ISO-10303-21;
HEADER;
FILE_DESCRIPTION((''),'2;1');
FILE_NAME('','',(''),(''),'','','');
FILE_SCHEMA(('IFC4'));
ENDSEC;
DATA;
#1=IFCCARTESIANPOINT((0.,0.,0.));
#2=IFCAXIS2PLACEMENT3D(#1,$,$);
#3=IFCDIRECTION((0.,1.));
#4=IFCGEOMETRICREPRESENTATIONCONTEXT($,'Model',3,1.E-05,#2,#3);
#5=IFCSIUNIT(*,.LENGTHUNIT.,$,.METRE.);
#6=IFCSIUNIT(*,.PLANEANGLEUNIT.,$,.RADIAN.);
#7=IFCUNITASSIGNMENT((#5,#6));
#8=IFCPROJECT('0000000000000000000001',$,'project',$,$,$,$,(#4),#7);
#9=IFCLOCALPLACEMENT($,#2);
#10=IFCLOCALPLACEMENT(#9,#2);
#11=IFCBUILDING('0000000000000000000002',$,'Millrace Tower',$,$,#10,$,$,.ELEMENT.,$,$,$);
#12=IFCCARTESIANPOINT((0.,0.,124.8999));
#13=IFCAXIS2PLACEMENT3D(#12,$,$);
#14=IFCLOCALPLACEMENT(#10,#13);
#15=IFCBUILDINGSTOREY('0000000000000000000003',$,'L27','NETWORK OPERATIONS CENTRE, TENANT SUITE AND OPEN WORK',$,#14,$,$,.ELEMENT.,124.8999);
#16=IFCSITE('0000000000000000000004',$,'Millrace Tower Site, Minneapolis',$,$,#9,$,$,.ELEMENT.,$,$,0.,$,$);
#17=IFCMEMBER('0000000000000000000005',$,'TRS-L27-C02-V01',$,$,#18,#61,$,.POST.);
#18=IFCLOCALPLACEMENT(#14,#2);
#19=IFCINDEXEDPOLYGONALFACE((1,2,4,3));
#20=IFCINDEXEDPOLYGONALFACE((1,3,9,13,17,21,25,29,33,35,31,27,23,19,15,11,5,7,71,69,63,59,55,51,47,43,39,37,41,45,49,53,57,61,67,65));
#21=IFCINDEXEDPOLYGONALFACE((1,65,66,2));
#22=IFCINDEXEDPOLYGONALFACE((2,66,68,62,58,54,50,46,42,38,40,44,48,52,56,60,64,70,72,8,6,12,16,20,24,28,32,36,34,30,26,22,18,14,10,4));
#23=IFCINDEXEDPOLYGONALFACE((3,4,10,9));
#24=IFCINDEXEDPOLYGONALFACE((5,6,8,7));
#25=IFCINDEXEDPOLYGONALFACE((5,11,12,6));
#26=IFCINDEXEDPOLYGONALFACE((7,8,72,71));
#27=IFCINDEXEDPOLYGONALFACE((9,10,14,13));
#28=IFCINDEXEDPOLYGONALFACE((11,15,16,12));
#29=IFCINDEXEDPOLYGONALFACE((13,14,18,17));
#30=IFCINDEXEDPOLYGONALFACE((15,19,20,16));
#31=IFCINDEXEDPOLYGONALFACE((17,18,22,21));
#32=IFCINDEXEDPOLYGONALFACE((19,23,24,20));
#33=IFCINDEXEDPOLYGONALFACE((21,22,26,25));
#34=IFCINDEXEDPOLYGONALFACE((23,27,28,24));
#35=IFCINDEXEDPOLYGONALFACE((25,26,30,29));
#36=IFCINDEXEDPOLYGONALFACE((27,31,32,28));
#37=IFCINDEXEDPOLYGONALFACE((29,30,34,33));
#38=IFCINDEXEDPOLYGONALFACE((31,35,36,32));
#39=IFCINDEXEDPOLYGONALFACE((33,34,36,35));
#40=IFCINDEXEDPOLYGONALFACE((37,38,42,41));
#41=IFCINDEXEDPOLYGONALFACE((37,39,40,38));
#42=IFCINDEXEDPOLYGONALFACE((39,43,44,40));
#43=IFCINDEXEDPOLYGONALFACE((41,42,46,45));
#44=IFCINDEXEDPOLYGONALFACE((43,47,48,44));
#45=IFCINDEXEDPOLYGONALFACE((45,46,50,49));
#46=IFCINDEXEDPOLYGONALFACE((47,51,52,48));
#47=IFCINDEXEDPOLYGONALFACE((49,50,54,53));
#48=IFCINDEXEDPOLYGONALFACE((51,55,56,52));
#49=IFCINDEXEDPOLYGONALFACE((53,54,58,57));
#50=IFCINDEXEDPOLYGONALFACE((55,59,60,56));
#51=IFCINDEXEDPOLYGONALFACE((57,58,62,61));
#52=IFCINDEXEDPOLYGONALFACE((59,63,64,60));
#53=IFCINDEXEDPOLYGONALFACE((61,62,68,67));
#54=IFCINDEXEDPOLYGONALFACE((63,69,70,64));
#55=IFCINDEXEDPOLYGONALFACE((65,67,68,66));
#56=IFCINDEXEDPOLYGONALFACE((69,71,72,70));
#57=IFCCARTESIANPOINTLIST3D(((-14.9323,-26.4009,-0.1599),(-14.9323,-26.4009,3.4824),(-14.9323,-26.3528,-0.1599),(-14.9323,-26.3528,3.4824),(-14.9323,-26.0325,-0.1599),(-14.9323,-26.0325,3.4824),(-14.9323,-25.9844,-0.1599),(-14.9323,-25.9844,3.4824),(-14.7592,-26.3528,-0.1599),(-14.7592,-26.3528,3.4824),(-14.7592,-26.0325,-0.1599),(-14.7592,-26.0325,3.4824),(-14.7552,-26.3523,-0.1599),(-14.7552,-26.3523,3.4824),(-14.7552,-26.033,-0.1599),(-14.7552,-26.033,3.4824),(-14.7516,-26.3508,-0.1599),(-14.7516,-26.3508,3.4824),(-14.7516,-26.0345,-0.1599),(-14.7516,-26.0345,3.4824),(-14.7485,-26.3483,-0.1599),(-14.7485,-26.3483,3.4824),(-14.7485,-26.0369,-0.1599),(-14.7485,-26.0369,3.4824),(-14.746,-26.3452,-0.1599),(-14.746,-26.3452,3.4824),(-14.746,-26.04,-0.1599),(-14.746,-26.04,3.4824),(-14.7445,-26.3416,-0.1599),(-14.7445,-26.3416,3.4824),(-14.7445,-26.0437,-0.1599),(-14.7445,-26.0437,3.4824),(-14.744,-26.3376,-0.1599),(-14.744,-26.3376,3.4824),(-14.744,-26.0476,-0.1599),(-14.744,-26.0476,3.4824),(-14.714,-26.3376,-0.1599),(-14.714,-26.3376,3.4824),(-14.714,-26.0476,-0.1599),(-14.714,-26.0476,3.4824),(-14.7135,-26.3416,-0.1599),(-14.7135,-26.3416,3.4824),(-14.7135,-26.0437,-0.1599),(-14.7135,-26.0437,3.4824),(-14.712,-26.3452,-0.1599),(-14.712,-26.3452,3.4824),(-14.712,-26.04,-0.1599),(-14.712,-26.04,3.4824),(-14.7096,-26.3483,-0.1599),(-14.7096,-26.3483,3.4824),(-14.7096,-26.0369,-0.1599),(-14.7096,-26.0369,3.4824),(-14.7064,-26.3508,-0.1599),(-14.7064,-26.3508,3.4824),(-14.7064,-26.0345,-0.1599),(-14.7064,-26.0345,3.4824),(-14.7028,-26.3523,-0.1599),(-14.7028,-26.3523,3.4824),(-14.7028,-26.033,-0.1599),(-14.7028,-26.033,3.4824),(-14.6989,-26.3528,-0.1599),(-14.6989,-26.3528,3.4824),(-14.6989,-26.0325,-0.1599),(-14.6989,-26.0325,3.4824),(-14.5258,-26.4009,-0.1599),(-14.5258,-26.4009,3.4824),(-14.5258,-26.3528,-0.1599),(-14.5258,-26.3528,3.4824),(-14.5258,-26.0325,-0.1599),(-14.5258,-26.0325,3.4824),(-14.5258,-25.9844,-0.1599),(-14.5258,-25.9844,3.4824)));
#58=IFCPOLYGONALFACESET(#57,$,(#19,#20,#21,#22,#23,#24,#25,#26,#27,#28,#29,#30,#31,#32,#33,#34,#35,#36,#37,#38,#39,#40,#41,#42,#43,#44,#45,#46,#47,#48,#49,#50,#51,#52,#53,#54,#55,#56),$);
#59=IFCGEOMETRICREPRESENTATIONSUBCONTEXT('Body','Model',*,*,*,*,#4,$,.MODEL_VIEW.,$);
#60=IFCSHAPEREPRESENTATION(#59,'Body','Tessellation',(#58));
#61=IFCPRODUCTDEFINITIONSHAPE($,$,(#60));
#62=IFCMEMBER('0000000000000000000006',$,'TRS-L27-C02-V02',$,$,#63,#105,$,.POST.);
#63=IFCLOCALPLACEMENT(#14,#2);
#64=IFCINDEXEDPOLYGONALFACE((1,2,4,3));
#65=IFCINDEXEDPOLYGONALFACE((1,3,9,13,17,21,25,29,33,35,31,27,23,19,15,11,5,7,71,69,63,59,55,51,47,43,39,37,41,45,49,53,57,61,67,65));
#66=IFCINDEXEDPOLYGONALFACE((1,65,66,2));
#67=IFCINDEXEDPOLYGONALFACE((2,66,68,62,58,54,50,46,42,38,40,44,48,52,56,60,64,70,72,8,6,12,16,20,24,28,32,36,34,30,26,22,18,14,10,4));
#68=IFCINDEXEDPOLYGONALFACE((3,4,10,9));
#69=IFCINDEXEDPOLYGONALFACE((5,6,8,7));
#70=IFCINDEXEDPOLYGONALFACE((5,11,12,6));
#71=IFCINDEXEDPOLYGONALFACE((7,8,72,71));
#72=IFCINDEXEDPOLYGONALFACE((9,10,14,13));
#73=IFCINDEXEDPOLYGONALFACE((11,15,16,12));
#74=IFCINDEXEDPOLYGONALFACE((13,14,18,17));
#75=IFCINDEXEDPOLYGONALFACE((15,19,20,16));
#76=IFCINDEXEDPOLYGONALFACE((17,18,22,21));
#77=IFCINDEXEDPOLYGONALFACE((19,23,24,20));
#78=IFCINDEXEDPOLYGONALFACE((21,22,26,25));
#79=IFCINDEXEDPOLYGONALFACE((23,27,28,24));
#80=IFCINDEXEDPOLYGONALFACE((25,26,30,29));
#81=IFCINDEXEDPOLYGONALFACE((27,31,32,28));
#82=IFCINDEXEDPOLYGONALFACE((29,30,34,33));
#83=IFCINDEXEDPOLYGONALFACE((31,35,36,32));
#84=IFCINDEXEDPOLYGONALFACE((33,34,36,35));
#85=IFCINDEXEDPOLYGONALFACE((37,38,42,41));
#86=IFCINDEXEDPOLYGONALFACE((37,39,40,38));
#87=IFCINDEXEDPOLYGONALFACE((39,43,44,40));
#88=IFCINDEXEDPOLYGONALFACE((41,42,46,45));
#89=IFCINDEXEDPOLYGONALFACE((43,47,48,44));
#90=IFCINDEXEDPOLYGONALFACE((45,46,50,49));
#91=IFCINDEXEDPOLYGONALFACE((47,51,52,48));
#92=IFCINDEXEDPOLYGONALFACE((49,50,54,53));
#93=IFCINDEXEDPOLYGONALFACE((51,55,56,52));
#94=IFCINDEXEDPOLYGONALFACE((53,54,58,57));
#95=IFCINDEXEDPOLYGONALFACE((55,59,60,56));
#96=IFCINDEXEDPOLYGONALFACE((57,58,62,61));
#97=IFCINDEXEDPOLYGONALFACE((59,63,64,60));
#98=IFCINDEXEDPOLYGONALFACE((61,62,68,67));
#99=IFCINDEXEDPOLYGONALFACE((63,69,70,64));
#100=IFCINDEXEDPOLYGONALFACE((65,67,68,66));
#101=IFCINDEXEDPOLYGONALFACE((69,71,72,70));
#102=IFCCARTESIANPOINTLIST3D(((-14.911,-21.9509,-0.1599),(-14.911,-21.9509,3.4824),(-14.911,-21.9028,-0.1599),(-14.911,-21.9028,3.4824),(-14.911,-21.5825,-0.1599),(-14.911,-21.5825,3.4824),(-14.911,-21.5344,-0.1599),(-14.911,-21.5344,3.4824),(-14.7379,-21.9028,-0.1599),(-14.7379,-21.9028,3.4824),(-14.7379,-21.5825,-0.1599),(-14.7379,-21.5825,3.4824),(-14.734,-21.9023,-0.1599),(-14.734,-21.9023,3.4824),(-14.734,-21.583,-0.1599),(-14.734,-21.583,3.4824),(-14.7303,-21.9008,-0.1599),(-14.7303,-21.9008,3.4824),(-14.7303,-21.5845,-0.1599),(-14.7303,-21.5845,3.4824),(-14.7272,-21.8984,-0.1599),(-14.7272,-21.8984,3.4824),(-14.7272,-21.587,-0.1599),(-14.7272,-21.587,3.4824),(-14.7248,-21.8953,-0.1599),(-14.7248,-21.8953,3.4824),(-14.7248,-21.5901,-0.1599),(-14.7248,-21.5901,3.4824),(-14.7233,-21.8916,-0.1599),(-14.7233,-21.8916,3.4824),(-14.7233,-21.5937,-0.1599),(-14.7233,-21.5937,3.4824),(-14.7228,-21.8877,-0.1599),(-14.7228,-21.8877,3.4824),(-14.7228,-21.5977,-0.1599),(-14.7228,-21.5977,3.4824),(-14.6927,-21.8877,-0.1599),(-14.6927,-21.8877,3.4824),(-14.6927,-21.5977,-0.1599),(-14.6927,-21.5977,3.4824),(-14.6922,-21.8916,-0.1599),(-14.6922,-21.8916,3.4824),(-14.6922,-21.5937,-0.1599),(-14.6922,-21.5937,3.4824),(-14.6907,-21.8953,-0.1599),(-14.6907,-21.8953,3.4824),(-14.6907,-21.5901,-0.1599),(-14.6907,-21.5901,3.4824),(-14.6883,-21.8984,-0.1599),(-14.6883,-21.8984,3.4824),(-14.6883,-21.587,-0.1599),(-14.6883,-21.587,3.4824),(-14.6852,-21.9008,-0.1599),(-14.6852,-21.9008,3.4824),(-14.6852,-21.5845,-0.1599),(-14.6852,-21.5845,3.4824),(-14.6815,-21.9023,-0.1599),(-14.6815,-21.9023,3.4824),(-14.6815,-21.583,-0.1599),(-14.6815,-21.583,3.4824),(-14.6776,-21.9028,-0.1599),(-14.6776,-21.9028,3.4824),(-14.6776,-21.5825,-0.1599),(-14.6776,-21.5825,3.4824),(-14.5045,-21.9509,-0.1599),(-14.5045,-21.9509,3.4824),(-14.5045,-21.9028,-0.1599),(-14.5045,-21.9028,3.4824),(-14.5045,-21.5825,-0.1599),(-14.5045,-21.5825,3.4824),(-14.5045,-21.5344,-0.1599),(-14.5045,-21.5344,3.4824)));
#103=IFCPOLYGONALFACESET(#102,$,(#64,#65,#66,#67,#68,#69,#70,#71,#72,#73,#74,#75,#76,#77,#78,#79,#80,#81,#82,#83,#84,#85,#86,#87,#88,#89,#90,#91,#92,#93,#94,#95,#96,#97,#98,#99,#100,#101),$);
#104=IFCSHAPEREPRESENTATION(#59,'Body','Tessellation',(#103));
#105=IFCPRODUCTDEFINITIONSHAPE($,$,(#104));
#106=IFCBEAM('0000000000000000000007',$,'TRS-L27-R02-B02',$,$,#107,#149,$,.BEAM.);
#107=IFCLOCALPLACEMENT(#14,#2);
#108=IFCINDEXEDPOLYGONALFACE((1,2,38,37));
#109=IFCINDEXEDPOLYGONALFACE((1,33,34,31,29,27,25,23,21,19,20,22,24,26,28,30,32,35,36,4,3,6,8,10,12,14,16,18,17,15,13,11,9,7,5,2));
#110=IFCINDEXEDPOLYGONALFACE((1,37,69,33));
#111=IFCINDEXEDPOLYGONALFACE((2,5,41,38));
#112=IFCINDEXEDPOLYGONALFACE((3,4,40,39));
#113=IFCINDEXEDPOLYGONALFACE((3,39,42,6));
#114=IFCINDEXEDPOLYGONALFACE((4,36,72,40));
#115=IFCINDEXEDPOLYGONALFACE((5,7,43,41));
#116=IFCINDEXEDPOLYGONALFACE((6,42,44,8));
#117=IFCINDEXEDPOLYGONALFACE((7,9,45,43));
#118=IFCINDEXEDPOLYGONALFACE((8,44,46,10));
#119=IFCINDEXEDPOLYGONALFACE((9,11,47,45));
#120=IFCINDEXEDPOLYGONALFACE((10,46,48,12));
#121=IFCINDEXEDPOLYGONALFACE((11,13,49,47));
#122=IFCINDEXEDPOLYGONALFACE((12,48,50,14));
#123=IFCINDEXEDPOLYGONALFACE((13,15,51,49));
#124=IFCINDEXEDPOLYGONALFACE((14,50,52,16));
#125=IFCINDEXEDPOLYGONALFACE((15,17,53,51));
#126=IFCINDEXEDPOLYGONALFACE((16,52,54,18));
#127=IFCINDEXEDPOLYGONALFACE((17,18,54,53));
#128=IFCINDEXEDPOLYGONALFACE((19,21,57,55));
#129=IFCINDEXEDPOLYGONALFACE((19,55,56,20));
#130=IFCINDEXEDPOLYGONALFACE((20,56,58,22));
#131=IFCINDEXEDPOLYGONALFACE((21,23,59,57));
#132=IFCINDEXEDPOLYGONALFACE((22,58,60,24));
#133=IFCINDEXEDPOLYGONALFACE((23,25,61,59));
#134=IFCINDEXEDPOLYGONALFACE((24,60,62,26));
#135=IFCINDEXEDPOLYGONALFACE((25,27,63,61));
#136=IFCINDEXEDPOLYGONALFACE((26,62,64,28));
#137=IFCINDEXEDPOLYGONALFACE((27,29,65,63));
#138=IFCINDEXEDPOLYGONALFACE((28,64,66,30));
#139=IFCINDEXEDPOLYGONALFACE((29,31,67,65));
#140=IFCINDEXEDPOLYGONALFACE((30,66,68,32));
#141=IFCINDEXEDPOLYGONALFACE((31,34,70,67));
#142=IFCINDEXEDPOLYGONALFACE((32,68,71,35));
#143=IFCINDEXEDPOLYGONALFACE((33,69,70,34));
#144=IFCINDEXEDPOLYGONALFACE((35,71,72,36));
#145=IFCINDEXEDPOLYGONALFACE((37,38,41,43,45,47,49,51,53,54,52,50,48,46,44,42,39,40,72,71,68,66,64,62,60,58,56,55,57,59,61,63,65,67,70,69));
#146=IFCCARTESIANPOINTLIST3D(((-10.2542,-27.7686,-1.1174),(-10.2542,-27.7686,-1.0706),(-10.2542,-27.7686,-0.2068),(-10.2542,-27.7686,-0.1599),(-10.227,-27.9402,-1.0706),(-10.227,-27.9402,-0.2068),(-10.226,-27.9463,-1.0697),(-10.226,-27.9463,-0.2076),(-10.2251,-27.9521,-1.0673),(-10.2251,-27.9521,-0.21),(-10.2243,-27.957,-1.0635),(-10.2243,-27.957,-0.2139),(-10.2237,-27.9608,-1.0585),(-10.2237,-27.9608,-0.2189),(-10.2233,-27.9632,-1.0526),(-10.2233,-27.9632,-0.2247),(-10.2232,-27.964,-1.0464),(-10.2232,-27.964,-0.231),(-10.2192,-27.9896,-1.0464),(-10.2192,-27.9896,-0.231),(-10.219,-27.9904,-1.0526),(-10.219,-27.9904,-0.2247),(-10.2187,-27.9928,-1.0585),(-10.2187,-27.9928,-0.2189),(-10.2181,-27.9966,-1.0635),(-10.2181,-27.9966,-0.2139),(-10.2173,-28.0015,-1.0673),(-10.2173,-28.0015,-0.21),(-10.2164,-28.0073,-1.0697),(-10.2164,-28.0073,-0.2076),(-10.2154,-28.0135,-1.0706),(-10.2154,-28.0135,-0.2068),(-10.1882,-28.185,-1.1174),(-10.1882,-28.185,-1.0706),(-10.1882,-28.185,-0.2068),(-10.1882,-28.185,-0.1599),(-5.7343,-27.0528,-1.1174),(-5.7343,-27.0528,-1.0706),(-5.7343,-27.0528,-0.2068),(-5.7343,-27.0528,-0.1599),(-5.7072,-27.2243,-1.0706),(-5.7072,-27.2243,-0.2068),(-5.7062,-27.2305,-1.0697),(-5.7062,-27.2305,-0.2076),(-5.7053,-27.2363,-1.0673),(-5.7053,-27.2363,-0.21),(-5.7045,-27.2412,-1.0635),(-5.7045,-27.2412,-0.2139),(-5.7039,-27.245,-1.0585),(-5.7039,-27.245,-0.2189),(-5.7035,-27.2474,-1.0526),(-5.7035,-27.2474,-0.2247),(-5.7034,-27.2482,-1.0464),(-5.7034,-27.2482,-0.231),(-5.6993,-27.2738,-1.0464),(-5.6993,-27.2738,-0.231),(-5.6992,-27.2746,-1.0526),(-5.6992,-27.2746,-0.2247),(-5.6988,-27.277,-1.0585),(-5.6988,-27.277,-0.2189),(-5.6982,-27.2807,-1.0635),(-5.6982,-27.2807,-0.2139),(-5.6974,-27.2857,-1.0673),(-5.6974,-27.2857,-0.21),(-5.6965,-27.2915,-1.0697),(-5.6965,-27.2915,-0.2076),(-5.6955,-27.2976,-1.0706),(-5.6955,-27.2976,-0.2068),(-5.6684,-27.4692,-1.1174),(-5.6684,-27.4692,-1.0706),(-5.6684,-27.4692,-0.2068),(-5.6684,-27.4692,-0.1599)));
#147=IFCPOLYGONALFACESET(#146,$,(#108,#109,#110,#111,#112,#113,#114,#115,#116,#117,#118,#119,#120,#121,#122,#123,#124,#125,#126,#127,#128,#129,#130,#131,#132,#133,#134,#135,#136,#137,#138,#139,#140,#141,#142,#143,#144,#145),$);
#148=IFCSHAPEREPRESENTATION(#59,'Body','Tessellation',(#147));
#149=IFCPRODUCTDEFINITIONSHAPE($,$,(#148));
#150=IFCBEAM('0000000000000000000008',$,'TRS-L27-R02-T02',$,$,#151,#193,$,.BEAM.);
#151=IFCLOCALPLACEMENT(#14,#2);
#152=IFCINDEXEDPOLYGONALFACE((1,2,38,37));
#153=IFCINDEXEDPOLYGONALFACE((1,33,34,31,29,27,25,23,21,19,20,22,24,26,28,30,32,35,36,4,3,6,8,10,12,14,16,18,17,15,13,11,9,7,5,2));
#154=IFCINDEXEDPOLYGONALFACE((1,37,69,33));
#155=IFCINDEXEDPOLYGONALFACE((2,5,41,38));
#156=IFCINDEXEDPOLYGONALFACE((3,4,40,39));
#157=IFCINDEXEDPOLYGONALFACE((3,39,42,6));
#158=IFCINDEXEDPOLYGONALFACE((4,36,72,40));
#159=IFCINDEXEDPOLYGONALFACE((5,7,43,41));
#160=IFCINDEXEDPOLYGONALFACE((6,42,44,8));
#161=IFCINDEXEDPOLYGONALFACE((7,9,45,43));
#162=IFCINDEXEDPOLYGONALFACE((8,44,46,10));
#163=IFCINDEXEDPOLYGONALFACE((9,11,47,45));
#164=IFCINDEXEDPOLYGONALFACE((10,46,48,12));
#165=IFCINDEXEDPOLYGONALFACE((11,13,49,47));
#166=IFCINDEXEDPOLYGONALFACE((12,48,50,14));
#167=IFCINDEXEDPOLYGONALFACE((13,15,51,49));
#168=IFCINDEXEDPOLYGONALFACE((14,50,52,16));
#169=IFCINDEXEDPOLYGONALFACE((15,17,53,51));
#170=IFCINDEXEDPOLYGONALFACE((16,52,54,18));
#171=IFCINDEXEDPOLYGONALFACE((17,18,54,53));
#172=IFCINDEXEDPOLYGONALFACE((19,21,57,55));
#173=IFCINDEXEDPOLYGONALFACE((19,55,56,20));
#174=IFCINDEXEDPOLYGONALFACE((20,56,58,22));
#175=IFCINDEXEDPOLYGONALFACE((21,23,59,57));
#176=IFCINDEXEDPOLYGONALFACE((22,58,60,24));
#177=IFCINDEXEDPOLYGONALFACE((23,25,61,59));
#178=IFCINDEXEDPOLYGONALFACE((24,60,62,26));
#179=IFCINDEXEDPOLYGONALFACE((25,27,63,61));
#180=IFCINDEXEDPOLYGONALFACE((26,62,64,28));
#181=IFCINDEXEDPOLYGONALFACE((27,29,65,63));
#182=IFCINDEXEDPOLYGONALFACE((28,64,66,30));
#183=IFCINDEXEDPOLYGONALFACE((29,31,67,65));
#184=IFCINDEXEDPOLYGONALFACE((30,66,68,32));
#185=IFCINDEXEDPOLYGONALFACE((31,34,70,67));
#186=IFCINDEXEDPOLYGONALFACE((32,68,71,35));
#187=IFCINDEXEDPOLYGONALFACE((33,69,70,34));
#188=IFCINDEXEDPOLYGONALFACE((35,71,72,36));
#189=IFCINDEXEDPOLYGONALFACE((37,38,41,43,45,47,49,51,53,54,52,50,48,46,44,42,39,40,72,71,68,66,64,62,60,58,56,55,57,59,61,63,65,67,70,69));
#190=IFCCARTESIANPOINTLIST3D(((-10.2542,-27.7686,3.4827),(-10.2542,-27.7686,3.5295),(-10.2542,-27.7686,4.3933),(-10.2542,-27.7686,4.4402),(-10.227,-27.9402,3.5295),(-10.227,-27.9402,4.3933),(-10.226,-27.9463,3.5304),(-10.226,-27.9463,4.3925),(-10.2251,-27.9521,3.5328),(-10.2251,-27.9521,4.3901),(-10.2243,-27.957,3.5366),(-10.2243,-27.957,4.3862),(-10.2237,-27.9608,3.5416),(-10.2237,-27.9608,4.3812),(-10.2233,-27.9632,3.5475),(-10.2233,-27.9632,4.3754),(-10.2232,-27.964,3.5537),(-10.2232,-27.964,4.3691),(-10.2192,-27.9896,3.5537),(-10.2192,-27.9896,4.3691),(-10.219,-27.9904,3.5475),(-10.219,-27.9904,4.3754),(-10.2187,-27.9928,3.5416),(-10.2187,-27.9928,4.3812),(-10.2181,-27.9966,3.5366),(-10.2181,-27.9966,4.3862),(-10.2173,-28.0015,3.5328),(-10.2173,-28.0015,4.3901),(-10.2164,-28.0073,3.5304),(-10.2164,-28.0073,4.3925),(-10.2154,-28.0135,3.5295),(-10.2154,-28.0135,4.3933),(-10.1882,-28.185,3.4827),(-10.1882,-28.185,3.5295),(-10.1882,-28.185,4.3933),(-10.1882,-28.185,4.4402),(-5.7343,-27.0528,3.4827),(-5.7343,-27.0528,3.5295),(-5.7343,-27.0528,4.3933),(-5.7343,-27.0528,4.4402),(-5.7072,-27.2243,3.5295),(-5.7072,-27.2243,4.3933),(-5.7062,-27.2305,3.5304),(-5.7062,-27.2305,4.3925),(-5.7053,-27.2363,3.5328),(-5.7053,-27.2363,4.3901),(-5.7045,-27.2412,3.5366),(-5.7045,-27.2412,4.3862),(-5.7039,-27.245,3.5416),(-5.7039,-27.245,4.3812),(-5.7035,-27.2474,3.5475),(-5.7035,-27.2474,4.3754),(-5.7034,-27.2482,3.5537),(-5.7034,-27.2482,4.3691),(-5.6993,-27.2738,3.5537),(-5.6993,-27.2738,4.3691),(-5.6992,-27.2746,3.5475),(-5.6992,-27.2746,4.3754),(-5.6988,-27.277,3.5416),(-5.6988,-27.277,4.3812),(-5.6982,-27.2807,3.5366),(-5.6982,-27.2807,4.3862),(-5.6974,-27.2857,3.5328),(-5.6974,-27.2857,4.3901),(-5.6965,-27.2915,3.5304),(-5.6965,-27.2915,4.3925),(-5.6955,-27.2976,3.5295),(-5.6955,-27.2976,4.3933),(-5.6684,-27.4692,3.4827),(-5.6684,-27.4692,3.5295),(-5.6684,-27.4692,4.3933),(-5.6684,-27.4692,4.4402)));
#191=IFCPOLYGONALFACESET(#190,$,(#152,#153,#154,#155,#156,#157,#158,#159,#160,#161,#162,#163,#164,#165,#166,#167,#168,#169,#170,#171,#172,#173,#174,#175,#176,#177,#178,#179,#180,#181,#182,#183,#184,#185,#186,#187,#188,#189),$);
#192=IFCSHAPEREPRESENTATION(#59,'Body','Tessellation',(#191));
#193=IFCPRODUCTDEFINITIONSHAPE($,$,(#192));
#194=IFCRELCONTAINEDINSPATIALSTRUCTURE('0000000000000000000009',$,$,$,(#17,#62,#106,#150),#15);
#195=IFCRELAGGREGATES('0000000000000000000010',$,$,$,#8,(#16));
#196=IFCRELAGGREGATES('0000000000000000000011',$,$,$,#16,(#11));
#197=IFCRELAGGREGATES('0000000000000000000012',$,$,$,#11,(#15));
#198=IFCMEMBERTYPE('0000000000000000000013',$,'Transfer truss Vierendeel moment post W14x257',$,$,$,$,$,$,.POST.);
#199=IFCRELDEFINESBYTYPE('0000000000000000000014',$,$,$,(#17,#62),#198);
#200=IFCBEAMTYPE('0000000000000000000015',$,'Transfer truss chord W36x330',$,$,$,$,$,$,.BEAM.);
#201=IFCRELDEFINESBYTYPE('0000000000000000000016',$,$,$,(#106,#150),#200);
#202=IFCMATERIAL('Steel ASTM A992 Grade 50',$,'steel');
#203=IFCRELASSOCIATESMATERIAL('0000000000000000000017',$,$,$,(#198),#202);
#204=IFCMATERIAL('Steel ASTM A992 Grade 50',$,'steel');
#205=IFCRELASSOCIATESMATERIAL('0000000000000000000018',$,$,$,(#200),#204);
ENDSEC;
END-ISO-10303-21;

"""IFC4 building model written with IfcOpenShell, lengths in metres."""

from ifc_helpers import new_model, si_unit, direction, frame, origin, origin_2d, place, context, subcontext, project, spatial, i_section, extrude, material, material_profile, profile_set, type_object, element, save


model = new_model("IFC4")

# Units and contexts
model_context = context("Model", 3, precision=1e-05, world=origin(), true_north=direction((0.0, 1.0)))
body_context = subcontext(model_context, "Body", "Model", "MODEL_VIEW")
ifc_project = project(units=[si_unit("LENGTHUNIT", "METRE"), si_unit("PLANEANGLEUNIT", "RADIAN")], contexts=[model_context])

# Site, building, storey
site_placement = place(None, origin())
site = spatial("IfcSite", under=ifc_project, at=site_placement, Name="Millrace Tower Site, Minneapolis", CompositionType="ELEMENT", RefElevation=0.0)
building_placement = place(site_placement, origin())
building = spatial("IfcBuilding", under=site, at=building_placement, Name="Millrace Tower", CompositionType="ELEMENT")
storey_placement = place(building_placement, frame((0.0, 0.0, 124.8999)))
storey = spatial("IfcBuildingStorey", under=building, at=storey_placement, Name="L27", Description="NETWORK OPERATIONS CENTRE, TENANT SUITE AND OPEN WORK", CompositionType="ELEMENT", Elevation=124.8999)

# Members
ifc_material_1 = material(Name="Steel ASTM A992 Grade 50", Category="steel")
ifc_material_profile_1 = material_profile(ifc_material_1, i_section(OverallWidth=0.4065, OverallDepth=0.4165, WebThickness=0.03, FlangeThickness=0.0481, FilletRadius=0.0151, at=origin_2d()))
ifc_profile_set_1 = profile_set([ifc_material_profile_1], Name="Steel ASTM A992 Grade 50")
member_type_1 = type_object("IfcMemberType", Name="Transfer truss Vierendeel moment post W14x257", PredefinedType="POST", material=ifc_profile_set_1)
for number, where, z_axis, x_axis, name in (
    (1, (-14.729, -26.1926, -0.1599), (0.0, 0.0, 1.0), (1.0, 0.0, 0.0), "TRS-L27-C02-V01"),
    (2, (-14.7078, -21.7427, -0.1599), (0.0, 0.0, 1.0), (1.0, 0.0, 0.0), "TRS-L27-C02-V02"),
):
    element("IfcMember", number, at=place(storey_placement, frame(where, z_axis=z_axis, x_axis=x_axis)), inside=storey, type_object=member_type_1, Name=name, PredefinedType="POST", context=body_context, shape_type="SweptSolid", body=[
        extrude(i_section(OverallWidth=0.4065, OverallDepth=0.4165, WebThickness=0.03, FlangeThickness=0.0481, FilletRadius=0.0151, at=origin_2d()), origin(), (0.0, 0.0, 1.0), 3.6423),
    ])

# Beams
ifc_material_2 = material(Name="Steel ASTM A992 Grade 50", Category="steel")
ifc_material_profile_2 = material_profile(ifc_material_2, i_section(OverallWidth=0.4216, OverallDepth=0.9575, WebThickness=0.0259, FlangeThickness=0.0469, FilletRadius=0.0242, at=origin_2d()))
ifc_profile_set_2 = profile_set([ifc_material_profile_2], Name="Steel ASTM A992 Grade 50")
beam_type_1 = type_object("IfcBeamType", Name="Transfer truss chord W36x330", PredefinedType="BEAM", material=ifc_profile_set_2)
for number, where, z_axis, x_axis, name in (
    (3, (-10.2212, -27.9768, -0.6387), (0.98769, 0.156426, 0.0), (-0.156426, 0.98769, 0.0), "TRS-L27-R02-B02"),
    (4, (-10.2212, -27.9768, 3.9614), (0.98769, 0.156426, 0.0), (-0.156426, 0.98769, 0.0), "TRS-L27-R02-T02"),
):
    element("IfcBeam", number, at=place(storey_placement, frame(where, z_axis=z_axis, x_axis=x_axis)), inside=storey, type_object=beam_type_1, Name=name, PredefinedType="BEAM", context=body_context, shape_type="SweptSolid", body=[
        extrude(i_section(OverallWidth=0.4216, OverallDepth=0.9575, WebThickness=0.0259, FlangeThickness=0.0469, FilletRadius=0.0242, at=origin_2d()), origin(), (0.0, 0.0, 1.0), 4.5762),
    ])

save(model, "model.ifc")
